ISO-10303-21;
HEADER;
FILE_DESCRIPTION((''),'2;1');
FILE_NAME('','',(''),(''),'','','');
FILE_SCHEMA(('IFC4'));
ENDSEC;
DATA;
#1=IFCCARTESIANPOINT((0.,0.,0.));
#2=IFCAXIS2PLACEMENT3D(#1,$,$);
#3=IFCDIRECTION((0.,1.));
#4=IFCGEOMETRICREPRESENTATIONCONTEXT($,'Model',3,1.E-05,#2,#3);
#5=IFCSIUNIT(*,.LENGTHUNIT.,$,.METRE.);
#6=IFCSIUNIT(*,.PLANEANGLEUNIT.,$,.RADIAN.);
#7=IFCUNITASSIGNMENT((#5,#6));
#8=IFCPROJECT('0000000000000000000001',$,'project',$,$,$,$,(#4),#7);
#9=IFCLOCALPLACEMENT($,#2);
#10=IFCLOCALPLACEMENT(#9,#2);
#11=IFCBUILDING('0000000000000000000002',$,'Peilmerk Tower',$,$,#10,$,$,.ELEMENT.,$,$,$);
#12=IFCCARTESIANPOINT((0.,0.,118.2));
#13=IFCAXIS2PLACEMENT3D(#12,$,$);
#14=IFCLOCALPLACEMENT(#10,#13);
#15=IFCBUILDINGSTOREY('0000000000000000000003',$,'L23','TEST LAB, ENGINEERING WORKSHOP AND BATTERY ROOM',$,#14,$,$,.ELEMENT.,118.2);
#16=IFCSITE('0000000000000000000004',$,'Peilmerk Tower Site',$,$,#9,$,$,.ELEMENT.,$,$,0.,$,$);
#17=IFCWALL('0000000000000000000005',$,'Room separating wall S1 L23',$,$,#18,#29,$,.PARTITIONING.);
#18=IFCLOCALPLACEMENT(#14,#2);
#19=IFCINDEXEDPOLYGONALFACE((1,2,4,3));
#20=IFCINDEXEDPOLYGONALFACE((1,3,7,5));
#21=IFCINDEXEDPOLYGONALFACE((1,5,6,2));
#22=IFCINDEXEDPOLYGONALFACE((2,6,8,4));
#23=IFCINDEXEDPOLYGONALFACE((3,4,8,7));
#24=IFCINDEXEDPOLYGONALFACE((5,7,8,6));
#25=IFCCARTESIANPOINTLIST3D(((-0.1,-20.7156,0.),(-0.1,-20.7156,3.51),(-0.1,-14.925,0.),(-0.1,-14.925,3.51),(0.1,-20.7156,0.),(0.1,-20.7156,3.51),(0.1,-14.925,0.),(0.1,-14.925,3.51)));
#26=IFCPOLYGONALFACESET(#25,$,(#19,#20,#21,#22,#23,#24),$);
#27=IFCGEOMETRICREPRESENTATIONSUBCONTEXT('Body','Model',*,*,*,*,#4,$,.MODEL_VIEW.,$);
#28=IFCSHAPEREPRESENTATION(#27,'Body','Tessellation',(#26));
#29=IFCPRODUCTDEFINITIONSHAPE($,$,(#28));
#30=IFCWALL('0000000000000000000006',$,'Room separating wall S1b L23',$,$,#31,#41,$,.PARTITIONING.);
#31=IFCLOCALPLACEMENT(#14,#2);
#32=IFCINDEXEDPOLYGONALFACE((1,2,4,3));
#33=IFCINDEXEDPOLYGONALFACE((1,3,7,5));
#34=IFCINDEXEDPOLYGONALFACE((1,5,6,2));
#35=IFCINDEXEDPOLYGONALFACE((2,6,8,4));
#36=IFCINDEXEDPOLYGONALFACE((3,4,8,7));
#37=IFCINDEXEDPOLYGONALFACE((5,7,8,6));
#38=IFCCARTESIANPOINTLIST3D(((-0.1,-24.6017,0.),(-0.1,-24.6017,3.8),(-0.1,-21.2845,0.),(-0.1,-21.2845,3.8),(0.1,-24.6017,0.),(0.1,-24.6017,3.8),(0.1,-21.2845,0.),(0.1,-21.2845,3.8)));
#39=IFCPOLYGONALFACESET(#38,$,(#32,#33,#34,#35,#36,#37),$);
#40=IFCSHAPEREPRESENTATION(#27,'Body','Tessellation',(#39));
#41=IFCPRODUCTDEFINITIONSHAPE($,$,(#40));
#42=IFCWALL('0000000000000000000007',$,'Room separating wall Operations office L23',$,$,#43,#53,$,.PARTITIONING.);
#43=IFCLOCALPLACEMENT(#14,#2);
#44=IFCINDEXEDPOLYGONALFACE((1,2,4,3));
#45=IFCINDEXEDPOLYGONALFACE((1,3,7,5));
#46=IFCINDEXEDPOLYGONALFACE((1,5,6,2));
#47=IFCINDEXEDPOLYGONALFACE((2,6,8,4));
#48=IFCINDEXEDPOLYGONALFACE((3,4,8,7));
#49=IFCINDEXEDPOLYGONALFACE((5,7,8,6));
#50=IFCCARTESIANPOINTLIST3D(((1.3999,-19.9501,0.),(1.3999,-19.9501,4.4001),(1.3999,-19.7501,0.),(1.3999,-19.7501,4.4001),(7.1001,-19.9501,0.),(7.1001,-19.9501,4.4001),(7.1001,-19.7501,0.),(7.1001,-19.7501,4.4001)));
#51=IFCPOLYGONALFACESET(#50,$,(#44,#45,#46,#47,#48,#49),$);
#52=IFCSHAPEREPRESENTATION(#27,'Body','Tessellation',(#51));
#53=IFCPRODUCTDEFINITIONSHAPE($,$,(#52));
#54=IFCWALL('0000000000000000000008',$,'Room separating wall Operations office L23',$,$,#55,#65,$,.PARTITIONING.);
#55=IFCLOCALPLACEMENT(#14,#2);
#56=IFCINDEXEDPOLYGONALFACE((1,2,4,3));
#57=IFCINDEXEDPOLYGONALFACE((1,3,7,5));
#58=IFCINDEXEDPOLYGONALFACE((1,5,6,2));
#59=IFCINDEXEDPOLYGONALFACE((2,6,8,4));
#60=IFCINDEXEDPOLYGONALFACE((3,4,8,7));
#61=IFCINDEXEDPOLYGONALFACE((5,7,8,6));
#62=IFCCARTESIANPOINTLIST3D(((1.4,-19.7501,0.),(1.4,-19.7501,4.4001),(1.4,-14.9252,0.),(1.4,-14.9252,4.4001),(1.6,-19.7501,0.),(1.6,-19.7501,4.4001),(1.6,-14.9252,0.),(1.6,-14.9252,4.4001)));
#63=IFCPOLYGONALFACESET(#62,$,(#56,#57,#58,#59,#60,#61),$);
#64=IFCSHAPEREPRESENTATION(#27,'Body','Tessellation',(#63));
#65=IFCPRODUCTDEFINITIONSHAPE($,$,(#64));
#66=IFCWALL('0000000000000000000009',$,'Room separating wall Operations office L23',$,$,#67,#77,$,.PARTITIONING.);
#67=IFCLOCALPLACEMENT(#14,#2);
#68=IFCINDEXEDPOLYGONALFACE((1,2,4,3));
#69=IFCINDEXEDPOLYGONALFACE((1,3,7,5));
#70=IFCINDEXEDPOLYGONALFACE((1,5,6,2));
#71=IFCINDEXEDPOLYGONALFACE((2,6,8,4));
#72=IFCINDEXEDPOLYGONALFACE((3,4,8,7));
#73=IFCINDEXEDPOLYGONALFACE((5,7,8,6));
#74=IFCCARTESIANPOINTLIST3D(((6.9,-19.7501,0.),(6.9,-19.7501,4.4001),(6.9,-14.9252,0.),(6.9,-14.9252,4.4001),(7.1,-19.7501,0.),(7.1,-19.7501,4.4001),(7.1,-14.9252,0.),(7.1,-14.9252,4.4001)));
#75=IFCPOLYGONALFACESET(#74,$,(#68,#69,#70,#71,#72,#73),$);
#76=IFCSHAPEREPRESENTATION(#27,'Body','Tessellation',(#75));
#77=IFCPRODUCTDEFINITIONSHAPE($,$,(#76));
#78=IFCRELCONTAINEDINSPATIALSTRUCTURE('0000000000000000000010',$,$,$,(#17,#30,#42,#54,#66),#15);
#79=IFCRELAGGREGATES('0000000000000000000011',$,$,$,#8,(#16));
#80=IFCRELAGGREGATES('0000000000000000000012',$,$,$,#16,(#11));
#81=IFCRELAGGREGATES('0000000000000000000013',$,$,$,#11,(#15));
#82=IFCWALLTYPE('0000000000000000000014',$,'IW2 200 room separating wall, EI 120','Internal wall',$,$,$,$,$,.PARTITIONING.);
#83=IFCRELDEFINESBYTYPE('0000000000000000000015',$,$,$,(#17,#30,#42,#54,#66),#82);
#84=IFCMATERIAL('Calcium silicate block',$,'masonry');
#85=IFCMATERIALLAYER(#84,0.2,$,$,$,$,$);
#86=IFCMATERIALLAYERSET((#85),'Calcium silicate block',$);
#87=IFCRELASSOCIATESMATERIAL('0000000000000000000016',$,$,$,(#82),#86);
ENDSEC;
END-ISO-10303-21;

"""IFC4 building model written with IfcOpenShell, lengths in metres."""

from ifc_helpers import new_model, si_unit, direction, frame, frame_2d, origin, place, context, subcontext, project, spatial, rectangle, extrude, material, layer, layer_set, type_object, element, save


model = new_model("IFC4")

# Units and contexts
model_context = context("Model", 3, precision=1e-05, world=origin(), true_north=direction((0.0, 1.0)))
body_context = subcontext(model_context, "Body", "Model", "MODEL_VIEW")
ifc_project = project(units=[si_unit("LENGTHUNIT", "METRE"), si_unit("PLANEANGLEUNIT", "RADIAN")], contexts=[model_context])

# Site, building, storey
site_placement = place(None, origin())
site = spatial("IfcSite", under=ifc_project, at=site_placement, Name="Peilmerk Tower Site", CompositionType="ELEMENT", RefElevation=0.0)
building_placement = place(site_placement, origin())
building = spatial("IfcBuilding", under=site, at=building_placement, Name="Peilmerk Tower", CompositionType="ELEMENT")
storey_placement = place(building_placement, frame((0.0, 0.0, 118.2)))
storey = spatial("IfcBuildingStorey", under=building, at=storey_placement, Name="L23", Description="TEST LAB, ENGINEERING WORKSHOP AND BATTERY ROOM", CompositionType="ELEMENT", Elevation=118.2)

# Walls
ifc_material_1 = material(Name="Calcium silicate block", Category="masonry")
ifc_layer = layer(ifc_material_1, 0.2)
ifc_layer_set = layer_set([ifc_layer], Name="Calcium silicate block")
wall_type = type_object("IfcWallType", Name="IW2 200 room separating wall, EI 120", Description="Internal wall", PredefinedType="PARTITIONING", material=ifc_layer_set)
wall_1_placement = place(storey_placement, frame((0.0, -14.925, 0.0), z_axis=(0.0, 0.0, 1.0), x_axis=(0.0, -1.0, 0.0)))
element("IfcWall", 1, at=wall_1_placement, inside=storey, type_object=wall_type, Name="Room separating wall S1 L23", PredefinedType="PARTITIONING", context=body_context, shape_type="SweptSolid", body=[
    extrude(rectangle(XDim=5.7905, YDim=0.2, at=frame_2d((2.8953, 0.0))), origin(), (0.0, 0.0, 1.0), 3.51),
])
wall_2_placement = place(storey_placement, frame((0.0, -21.2844, 0.0), z_axis=(0.0, 0.0, 1.0), x_axis=(0.0, -1.0, 0.0)))
element("IfcWall", 2, at=wall_2_placement, inside=storey, type_object=wall_type, Name="Room separating wall S1b L23", PredefinedType="PARTITIONING", context=body_context, shape_type="SweptSolid", body=[
    extrude(rectangle(XDim=3.3171, YDim=0.2, at=frame_2d((1.6587, 0.0))), origin(), (0.0, 0.0, 1.0), 3.8),
])
wall_3_placement = place(storey_placement, frame((1.3999, -19.8501, 0.0), z_axis=(0.0, 0.0, 1.0), x_axis=(1.0, 0.0, 0.0)))
element("IfcWall", 3, at=wall_3_placement, inside=storey, type_object=wall_type, Name="Room separating wall Operations office L23", PredefinedType="PARTITIONING", context=body_context, shape_type="SweptSolid", body=[
    extrude(rectangle(XDim=5.7002, YDim=0.2, at=frame_2d((2.8501, 0.0))), origin(), (0.0, 0.0, 1.0), 4.4001),
])
for number, where, z_axis, x_axis, name in (
    (4, (1.5, -14.925, 0.0), (0.0, 0.0, 1.0), (0.0, -1.0, 0.0), "Room separating wall Operations office L23"),
    (5, (7.0, -14.925, 0.0), (0.0, 0.0, 1.0), (0.0, -1.0, 0.0), "Room separating wall Operations office L23"),
):
    element("IfcWall", number, at=place(storey_placement, frame(where, z_axis=z_axis, x_axis=x_axis)), inside=storey, type_object=wall_type, Name=name, PredefinedType="PARTITIONING", context=body_context, shape_type="SweptSolid", body=[
        extrude(rectangle(XDim=4.825, YDim=0.2, at=frame_2d((2.4126, 0.0))), origin(), (0.0, 0.0, 1.0), 4.4001),
    ])

save(model, "model.ifc")
